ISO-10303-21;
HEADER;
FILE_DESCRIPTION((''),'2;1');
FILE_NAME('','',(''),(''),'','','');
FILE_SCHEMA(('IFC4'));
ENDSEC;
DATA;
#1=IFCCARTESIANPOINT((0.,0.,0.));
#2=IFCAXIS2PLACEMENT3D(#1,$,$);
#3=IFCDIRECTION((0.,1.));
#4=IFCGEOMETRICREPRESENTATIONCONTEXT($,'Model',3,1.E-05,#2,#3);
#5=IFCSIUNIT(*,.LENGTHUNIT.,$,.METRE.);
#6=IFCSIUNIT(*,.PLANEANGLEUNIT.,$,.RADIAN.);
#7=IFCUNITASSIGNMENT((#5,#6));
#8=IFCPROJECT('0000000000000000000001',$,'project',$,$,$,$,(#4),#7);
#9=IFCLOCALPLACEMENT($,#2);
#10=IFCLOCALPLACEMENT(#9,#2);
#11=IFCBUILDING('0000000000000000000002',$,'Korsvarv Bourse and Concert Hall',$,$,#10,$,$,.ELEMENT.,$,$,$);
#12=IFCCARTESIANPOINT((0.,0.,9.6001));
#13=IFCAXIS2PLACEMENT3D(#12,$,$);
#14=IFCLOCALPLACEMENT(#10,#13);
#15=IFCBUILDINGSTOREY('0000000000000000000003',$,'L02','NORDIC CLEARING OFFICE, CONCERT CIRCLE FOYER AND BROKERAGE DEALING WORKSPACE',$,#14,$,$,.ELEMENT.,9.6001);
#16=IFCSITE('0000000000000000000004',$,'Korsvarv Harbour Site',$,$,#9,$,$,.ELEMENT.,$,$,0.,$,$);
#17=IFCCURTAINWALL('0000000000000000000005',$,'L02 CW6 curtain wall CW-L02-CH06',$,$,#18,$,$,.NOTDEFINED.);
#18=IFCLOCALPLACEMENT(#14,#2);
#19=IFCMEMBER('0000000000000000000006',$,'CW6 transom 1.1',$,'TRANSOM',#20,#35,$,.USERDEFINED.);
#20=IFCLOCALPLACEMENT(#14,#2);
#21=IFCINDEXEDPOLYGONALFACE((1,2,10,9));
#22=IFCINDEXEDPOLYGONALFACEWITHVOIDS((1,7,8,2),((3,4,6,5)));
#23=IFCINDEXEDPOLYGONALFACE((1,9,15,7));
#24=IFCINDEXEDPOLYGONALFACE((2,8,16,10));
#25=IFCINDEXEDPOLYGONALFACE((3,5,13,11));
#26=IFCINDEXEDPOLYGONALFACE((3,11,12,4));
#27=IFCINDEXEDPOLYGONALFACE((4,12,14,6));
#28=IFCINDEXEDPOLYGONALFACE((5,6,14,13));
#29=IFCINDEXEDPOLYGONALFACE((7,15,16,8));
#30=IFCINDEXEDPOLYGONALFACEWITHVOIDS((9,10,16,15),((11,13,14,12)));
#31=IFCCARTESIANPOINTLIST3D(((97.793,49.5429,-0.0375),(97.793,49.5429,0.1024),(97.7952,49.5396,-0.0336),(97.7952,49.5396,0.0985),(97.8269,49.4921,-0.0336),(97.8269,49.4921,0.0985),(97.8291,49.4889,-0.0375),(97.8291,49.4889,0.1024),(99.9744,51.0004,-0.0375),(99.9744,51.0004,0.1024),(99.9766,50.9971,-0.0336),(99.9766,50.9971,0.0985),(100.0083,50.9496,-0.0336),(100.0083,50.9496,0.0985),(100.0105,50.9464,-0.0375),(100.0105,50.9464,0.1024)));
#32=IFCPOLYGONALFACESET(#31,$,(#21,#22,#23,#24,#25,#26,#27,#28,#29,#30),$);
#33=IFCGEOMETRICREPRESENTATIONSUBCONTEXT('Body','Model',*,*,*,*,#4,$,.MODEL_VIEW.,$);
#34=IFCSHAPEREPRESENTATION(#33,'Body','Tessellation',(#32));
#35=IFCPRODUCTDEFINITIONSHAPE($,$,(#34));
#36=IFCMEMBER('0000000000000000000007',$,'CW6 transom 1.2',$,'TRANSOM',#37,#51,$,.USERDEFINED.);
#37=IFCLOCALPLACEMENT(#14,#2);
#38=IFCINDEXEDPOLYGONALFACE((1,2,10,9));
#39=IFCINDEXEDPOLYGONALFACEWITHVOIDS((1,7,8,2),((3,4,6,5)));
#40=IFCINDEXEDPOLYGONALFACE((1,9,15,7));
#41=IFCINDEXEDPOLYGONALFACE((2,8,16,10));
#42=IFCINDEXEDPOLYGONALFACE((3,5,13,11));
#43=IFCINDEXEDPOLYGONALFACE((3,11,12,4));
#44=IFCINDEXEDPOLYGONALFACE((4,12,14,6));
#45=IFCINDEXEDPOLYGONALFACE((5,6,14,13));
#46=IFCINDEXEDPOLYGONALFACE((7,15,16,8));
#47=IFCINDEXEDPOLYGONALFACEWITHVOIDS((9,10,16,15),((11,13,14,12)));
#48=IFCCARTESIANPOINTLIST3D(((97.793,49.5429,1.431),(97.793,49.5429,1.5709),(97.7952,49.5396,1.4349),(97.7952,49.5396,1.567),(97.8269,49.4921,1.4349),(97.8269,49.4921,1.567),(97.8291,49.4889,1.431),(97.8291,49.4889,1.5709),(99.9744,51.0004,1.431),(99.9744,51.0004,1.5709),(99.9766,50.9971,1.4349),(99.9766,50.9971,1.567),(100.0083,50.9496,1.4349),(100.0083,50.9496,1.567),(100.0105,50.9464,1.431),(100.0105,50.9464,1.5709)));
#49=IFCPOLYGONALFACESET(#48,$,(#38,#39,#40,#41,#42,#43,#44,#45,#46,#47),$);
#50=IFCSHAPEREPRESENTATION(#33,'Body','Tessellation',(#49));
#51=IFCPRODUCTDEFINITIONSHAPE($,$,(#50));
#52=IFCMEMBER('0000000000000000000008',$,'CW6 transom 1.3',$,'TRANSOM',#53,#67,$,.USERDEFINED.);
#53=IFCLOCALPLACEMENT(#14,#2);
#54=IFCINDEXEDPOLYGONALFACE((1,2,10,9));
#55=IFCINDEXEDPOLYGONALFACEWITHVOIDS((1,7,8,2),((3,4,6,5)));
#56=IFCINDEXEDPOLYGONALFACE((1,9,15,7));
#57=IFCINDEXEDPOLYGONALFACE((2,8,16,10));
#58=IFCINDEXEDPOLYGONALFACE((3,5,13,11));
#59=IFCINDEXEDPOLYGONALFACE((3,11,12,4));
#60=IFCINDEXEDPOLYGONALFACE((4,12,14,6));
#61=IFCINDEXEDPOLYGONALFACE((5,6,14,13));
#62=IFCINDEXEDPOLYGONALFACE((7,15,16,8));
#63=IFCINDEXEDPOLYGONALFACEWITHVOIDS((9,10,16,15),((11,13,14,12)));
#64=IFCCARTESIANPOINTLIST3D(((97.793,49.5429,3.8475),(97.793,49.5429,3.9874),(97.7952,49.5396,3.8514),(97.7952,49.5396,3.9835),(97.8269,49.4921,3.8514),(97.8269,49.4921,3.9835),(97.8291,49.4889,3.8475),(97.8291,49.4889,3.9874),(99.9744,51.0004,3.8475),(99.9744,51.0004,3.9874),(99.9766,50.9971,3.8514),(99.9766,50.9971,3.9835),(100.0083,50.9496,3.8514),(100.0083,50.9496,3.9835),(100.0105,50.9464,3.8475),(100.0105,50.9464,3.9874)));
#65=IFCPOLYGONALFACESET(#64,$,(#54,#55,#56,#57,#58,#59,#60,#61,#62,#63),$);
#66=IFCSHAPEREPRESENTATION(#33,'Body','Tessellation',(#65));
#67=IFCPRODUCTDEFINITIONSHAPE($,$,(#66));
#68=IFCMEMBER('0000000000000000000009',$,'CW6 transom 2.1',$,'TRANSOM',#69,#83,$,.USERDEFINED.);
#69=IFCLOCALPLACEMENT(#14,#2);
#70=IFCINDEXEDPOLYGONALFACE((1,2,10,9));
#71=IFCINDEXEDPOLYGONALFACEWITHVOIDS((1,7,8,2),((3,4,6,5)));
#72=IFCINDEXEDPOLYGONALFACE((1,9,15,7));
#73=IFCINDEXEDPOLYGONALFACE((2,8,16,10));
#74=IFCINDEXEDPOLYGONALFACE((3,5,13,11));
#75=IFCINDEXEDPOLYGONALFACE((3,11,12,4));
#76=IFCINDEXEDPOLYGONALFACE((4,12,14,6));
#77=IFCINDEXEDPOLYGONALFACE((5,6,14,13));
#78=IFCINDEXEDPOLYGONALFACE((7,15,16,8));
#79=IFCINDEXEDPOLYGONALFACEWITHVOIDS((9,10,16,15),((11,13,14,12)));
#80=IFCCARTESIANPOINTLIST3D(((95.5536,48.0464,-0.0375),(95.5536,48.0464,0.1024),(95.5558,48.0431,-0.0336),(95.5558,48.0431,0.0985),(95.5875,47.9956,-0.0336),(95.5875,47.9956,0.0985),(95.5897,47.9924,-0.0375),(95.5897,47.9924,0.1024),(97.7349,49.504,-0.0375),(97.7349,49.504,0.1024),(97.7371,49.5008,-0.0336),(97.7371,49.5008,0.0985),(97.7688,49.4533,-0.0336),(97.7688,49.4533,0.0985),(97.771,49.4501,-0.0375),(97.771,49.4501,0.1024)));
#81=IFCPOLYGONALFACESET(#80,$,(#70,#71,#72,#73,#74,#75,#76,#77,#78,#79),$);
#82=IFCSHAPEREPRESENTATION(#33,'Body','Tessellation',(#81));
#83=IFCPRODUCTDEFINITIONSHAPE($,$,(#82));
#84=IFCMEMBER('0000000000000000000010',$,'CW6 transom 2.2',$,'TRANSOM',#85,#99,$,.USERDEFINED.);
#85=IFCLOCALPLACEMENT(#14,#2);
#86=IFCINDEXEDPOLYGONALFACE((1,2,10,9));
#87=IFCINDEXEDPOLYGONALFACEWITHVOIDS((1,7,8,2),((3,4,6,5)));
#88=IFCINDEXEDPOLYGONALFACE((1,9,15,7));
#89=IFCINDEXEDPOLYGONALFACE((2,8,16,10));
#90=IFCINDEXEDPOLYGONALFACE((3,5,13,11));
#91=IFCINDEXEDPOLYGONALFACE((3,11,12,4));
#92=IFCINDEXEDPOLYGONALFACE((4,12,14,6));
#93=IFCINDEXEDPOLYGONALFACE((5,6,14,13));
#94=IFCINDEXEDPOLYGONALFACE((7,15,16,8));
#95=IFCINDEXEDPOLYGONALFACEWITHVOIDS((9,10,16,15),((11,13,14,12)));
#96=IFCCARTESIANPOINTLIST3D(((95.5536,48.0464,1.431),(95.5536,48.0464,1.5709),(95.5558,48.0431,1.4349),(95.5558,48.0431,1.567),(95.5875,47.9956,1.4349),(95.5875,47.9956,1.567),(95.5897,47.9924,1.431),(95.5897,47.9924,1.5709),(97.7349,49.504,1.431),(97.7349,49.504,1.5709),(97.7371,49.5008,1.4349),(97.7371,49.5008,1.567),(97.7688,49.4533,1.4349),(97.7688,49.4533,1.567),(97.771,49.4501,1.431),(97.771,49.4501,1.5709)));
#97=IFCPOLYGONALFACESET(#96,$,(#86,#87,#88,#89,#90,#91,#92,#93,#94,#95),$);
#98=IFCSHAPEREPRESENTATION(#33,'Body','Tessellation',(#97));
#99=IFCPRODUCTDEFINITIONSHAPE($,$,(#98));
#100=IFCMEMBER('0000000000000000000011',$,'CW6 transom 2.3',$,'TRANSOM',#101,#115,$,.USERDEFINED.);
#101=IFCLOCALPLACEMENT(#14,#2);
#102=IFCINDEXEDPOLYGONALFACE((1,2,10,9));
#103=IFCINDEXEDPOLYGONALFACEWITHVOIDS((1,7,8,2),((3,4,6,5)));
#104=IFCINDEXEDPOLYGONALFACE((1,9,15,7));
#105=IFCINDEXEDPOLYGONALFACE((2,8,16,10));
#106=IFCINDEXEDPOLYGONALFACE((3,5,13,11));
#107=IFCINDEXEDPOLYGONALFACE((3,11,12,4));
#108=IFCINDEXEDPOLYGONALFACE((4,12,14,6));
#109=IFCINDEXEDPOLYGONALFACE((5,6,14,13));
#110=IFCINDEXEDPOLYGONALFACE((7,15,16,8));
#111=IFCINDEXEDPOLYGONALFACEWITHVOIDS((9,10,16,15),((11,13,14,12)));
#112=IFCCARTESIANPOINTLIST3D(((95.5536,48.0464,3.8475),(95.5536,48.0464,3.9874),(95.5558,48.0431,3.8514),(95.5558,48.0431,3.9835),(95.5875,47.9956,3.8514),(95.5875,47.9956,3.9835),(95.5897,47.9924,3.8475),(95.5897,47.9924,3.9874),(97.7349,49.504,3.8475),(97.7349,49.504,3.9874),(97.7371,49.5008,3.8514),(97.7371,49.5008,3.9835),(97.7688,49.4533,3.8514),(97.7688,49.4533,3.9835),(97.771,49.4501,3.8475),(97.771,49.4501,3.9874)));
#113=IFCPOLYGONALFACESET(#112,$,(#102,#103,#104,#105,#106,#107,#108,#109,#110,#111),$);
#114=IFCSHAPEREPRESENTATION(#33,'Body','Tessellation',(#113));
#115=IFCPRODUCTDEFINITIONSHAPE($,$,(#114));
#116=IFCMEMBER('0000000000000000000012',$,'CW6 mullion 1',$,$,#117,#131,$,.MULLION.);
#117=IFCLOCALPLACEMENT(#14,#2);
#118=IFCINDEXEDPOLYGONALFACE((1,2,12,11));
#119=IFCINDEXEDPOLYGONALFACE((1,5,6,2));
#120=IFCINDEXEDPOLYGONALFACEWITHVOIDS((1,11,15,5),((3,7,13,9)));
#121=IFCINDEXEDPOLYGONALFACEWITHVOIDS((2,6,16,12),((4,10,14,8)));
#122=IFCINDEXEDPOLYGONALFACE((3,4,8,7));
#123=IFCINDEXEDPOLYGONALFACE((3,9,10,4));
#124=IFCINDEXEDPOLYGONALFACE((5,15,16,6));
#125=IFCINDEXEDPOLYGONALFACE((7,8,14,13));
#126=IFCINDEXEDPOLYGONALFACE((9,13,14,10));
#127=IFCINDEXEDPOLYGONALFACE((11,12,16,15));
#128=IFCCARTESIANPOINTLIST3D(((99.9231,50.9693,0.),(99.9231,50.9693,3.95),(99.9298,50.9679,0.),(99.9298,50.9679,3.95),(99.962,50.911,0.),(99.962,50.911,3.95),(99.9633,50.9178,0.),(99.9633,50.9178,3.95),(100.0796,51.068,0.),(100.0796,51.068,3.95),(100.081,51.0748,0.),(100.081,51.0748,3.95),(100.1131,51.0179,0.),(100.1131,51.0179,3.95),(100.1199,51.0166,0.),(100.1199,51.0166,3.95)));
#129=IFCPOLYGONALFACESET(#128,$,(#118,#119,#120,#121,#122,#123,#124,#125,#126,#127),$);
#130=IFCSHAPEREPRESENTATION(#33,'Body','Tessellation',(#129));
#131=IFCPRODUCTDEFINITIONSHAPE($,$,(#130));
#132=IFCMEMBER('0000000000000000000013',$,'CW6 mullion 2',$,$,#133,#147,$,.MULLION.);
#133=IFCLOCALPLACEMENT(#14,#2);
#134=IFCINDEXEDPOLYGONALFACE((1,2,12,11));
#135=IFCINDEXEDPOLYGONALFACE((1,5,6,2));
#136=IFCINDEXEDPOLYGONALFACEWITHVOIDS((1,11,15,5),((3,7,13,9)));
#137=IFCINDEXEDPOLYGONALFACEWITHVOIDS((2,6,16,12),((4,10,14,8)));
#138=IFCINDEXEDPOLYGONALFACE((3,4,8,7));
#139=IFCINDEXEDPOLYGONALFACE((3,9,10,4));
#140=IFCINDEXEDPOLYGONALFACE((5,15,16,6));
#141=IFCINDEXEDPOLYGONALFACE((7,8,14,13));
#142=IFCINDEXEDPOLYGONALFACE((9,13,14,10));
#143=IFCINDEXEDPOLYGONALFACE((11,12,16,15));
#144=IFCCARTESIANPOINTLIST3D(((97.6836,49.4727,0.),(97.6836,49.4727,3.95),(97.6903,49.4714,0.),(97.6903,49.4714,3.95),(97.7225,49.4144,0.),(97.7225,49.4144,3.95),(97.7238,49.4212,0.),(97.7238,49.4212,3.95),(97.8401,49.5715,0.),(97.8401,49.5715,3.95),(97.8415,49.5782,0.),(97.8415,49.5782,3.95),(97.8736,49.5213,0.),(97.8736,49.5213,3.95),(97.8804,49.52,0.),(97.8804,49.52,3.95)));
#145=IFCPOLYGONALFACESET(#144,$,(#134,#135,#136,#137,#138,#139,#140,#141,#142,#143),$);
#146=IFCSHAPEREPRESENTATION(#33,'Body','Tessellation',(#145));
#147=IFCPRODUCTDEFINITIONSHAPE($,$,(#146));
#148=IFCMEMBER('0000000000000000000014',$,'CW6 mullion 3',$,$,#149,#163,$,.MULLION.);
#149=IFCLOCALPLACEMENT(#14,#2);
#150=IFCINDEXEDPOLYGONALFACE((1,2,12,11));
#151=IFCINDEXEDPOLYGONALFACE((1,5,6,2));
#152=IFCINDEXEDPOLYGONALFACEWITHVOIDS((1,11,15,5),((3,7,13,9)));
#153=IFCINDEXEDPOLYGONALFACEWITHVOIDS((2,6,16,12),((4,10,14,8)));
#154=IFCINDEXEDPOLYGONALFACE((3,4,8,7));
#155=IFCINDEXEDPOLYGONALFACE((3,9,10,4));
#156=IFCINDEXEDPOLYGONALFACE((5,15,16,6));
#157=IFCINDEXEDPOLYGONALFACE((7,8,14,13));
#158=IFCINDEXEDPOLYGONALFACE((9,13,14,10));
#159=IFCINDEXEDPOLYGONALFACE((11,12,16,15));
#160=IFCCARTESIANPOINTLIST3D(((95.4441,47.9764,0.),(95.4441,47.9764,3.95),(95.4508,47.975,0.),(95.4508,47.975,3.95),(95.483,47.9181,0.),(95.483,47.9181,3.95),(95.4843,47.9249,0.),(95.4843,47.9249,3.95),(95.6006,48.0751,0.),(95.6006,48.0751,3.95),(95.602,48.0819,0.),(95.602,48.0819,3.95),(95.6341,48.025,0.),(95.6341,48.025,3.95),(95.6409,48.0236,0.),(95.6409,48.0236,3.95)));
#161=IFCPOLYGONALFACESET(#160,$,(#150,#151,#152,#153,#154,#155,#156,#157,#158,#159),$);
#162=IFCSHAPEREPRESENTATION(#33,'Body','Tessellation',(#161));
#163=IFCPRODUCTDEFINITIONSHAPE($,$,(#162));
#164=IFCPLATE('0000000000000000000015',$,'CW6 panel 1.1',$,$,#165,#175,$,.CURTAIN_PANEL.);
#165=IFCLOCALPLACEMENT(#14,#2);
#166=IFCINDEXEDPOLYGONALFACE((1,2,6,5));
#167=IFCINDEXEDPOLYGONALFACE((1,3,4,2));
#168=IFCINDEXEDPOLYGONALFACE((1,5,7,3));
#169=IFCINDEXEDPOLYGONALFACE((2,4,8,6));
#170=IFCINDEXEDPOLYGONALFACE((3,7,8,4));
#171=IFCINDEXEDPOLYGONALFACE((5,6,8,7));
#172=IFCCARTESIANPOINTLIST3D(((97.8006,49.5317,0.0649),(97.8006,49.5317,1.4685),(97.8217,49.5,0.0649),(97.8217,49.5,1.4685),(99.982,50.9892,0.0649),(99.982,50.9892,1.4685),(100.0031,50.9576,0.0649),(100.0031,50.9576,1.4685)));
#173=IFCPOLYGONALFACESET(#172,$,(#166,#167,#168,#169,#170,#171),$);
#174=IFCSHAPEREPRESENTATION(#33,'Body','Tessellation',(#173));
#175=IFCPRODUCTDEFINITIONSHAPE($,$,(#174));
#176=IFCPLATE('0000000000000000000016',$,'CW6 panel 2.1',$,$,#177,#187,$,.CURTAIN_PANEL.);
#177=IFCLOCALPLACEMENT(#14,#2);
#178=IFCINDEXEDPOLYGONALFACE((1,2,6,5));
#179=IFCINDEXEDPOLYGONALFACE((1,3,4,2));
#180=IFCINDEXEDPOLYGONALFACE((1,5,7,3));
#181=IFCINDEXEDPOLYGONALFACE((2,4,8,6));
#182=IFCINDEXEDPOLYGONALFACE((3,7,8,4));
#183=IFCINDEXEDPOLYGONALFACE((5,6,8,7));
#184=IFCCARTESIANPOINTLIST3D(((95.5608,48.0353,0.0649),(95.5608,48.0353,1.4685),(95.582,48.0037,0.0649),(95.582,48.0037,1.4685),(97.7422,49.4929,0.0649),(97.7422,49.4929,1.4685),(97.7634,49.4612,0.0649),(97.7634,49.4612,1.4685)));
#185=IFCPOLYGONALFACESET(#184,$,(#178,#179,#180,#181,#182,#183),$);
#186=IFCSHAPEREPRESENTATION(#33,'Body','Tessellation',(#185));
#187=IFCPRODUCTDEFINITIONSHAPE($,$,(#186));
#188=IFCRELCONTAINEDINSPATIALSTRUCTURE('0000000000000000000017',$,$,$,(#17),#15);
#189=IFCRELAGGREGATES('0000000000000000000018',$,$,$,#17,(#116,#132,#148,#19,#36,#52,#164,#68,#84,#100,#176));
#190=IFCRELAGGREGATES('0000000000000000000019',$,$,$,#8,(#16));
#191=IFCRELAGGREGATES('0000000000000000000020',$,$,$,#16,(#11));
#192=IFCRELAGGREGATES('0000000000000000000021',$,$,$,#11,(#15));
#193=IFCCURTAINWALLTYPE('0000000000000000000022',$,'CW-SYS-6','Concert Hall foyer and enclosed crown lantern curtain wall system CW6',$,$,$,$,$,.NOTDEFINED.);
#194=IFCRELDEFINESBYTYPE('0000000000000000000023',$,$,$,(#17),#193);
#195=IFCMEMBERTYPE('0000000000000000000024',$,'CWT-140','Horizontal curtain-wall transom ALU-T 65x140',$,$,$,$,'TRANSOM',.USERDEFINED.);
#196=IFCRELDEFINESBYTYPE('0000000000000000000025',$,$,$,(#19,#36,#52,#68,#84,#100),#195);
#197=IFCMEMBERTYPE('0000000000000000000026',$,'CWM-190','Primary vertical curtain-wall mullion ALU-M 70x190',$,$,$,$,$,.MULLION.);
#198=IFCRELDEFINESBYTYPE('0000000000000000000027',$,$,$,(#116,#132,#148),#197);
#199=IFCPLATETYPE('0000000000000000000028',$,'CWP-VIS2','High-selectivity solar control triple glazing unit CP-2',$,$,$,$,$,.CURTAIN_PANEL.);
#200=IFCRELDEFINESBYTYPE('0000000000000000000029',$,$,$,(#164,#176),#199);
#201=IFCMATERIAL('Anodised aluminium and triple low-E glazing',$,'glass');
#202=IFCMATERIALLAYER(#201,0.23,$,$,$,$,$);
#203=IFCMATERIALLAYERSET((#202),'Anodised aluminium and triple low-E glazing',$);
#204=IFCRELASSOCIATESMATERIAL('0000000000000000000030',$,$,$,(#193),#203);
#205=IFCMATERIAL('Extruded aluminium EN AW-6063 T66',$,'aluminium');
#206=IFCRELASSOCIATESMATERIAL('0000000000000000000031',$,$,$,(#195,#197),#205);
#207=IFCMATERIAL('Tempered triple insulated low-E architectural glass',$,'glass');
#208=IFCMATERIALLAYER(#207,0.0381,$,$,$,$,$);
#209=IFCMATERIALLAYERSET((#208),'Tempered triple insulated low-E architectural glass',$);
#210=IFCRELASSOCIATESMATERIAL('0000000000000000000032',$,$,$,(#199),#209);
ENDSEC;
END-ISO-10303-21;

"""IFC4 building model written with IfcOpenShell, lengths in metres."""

from ifc_helpers import new_model, si_unit, direction, frame, origin, origin_2d, place, context, subcontext, project, spatial, rectangle, hollow_rectangle, extrude, source, transform, mapped, material, layer, layer_set, material_profile, profile_set, type_object, element, aggregate, save


model = new_model("IFC4")

# Units and contexts
model_context = context("Model", 3, precision=1e-05, world=origin(), true_north=direction((0.0, 1.0)))
body_context = subcontext(model_context, "Body", "Model", "MODEL_VIEW")
ifc_project = project(units=[si_unit("LENGTHUNIT", "METRE"), si_unit("PLANEANGLEUNIT", "RADIAN")], contexts=[model_context])

# Site, building, storey
site_placement = place(None, origin())
site = spatial("IfcSite", under=ifc_project, at=site_placement, Name="Korsvarv Harbour Site", CompositionType="ELEMENT", RefElevation=0.0)
building_placement = place(site_placement, origin())
building = spatial("IfcBuilding", under=site, at=building_placement, Name="Korsvarv Bourse and Concert Hall", CompositionType="ELEMENT")
storey_placement = place(building_placement, frame((0.0, 0.0, 9.6001)))
storey = spatial("IfcBuildingStorey", under=building, at=storey_placement, Name="L02", Description="NORDIC CLEARING OFFICE, CONCERT CIRCLE FOYER AND BROKERAGE DEALING WORKSPACE", CompositionType="ELEMENT", Elevation=9.6001)

# Curtain wall, members, plates
ifc_material_1 = material(Name="Anodised aluminium and triple low-E glazing", Category="glass")
ifc_layer_1 = layer(ifc_material_1, 0.23)
ifc_layer_set_1 = layer_set([ifc_layer_1], Name="Anodised aluminium and triple low-E glazing")
curtain_wall_type = type_object("IfcCurtainWallType", Name="CW-SYS-6", Description="Concert Hall foyer and enclosed crown lantern curtain wall system CW6", PredefinedType="NOTDEFINED", material=ifc_layer_set_1)
curtain_wall_placement = place(storey_placement, origin())
curtain_wall = element("IfcCurtainWall", 1, at=curtain_wall_placement, inside=storey, type_object=curtain_wall_type, Name="L02 CW6 curtain wall CW-L02-CH06", PredefinedType="NOTDEFINED")
ifc_material_2 = material(Name="Extruded aluminium EN AW-6063 T66", Category="aluminium")
ifc_material_profile_1 = material_profile(ifc_material_2, hollow_rectangle(XDim=0.0649, YDim=0.1399, WallThickness=0.0039, at=origin_2d()), Name="ALU-T 65x140")
ifc_profile_set_1 = profile_set([ifc_material_profile_1], Name="Extruded aluminium EN AW-6063 T66")
member_type_1 = type_object("IfcMemberType", Name="CWT-140", Description="Horizontal curtain-wall transom ALU-T 65x140", ElementType="TRANSOM", PredefinedType="USERDEFINED", material=ifc_profile_set_1)
shared_shape_1 = source(origin(), body_context, "Body", "SweptSolid", [
    extrude(hollow_rectangle(XDim=0.0649, YDim=0.1399, WallThickness=0.0039, at=origin_2d()), origin(), (0.0, 0.0, 1.0), 2.6235),
])
member_1_placement = place(storey_placement, frame((99.9924, 50.9734, 0.0325), z_axis=(-0.831477, -0.555559, 0.0), x_axis=(0.555559, -0.831477, 0.0)))
member_1 = element("IfcMember", 2, at=member_1_placement, type_object=member_type_1, Name="CW6 transom 1.1", ObjectType="TRANSOM", PredefinedType="USERDEFINED", context=body_context, shape_type="MappedRepresentation", body=[
    mapped(shared_shape_1, transform((0.0, 0.0, 0.0), scale=1.0)),
])
member_2_placement = place(storey_placement, frame((99.9924, 50.9734, 1.501), z_axis=(-0.831477, -0.555559, 0.0), x_axis=(0.555559, -0.831477, 0.0)))
member_2 = element("IfcMember", 3, at=member_2_placement, type_object=member_type_1, Name="CW6 transom 1.2", ObjectType="TRANSOM", PredefinedType="USERDEFINED", context=body_context, shape_type="MappedRepresentation", body=[
    mapped(shared_shape_1, transform((0.0, 0.0, 0.0), scale=1.0)),
])
member_3_placement = place(storey_placement, frame((99.9924, 50.9734, 3.9175), z_axis=(-0.831477, -0.555559, 0.0), x_axis=(0.555559, -0.831477, 0.0)))
member_3 = element("IfcMember", 4, at=member_3_placement, type_object=member_type_1, Name="CW6 transom 1.3", ObjectType="TRANSOM", PredefinedType="USERDEFINED", context=body_context, shape_type="MappedRepresentation", body=[
    mapped(shared_shape_1, transform((0.0, 0.0, 0.0), scale=1.0)),
])
member_4_placement = place(storey_placement, frame((97.7529, 49.4771, 0.0325), z_axis=(-0.831434, -0.555623, 0.0), x_axis=(0.555623, -0.831434, 0.0)))
member_4 = element("IfcMember", 5, at=member_4_placement, type_object=member_type_1, Name="CW6 transom 2.1", ObjectType="TRANSOM", PredefinedType="USERDEFINED", context=body_context, shape_type="MappedRepresentation", body=[
    mapped(shared_shape_1, transform((0.0, 0.0, 0.0), scale=1.0)),
])
member_5_placement = place(storey_placement, frame((97.7529, 49.4771, 1.501), z_axis=(-0.831434, -0.555623, 0.0), x_axis=(0.555623, -0.831434, 0.0)))
member_5 = element("IfcMember", 6, at=member_5_placement, type_object=member_type_1, Name="CW6 transom 2.2", ObjectType="TRANSOM", PredefinedType="USERDEFINED", context=body_context, shape_type="MappedRepresentation", body=[
    mapped(shared_shape_1, transform((0.0, 0.0, 0.0), scale=1.0)),
])
member_6_placement = place(storey_placement, frame((97.7529, 49.4771, 3.9175), z_axis=(-0.831434, -0.555623, 0.0), x_axis=(0.555623, -0.831434, 0.0)))
member_6 = element("IfcMember", 7, at=member_6_placement, type_object=member_type_1, Name="CW6 transom 2.3", ObjectType="TRANSOM", PredefinedType="USERDEFINED", context=body_context, shape_type="MappedRepresentation", body=[
    mapped(shared_shape_1, transform((0.0, 0.0, 0.0), scale=1.0)),
])
ifc_material_profile_2 = material_profile(ifc_material_2, hollow_rectangle(XDim=0.0701, YDim=0.1899, WallThickness=0.0049, at=origin_2d()), Name="ALU-M 70x190")
ifc_profile_set_2 = profile_set([ifc_material_profile_2], Name="Extruded aluminium EN AW-6063 T66")
member_type_2 = type_object("IfcMemberType", Name="CWM-190", Description="Primary vertical curtain-wall mullion ALU-M 70x190", PredefinedType="MULLION", material=ifc_profile_set_2)
shared_shape_2 = source(origin(), body_context, "Body", "SweptSolid", [
    extrude(hollow_rectangle(XDim=0.0701, YDim=0.1899, WallThickness=0.0049, at=origin_2d()), origin(), (0.0, 0.0, 1.0), 3.95),
])
member_7_placement = place(storey_placement, frame((100.0215, 50.9929, 0.0), z_axis=(0.0, 0.0, 1.0), x_axis=(0.555571, -0.831469, 0.0)))
member_7 = element("IfcMember", 8, at=member_7_placement, type_object=member_type_2, Name="CW6 mullion 1", PredefinedType="MULLION", context=body_context, shape_type="MappedRepresentation", body=[
    mapped(shared_shape_2, transform((0.0, 0.0, 0.0), scale=1.0)),
])
member_8_placement = place(storey_placement, frame((97.782, 49.4963, 0.0), z_axis=(0.0, 0.0, 1.0), x_axis=(0.555571, -0.831469, 0.0)))
member_8 = element("IfcMember", 9, at=member_8_placement, type_object=member_type_2, Name="CW6 mullion 2", PredefinedType="MULLION", context=body_context, shape_type="MappedRepresentation", body=[
    mapped(shared_shape_2, transform((0.0, 0.0, 0.0), scale=1.0)),
])
member_9_placement = place(storey_placement, frame((95.5425, 48.0, 0.0), z_axis=(0.0, 0.0, 1.0), x_axis=(0.555571, -0.831469, 0.0)))
member_9 = element("IfcMember", 10, at=member_9_placement, type_object=member_type_2, Name="CW6 mullion 3", PredefinedType="MULLION", context=body_context, shape_type="MappedRepresentation", body=[
    mapped(shared_shape_2, transform((0.0, 0.0, 0.0), scale=1.0)),
])
ifc_material_3 = material(Name="Tempered triple insulated low-E architectural glass", Category="glass")
ifc_layer_2 = layer(ifc_material_3, 0.0381)
ifc_layer_set_2 = layer_set([ifc_layer_2], Name="Tempered triple insulated low-E architectural glass")
plate_type = type_object("IfcPlateType", Name="CWP-VIS2", Description="High-selectivity solar control triple glazing unit CP-2", PredefinedType="CURTAIN_PANEL", material=ifc_layer_set_2)
shared_shape_3 = source(origin(), body_context, "Body", "SweptSolid", [
    extrude(rectangle(XDim=2.6235, YDim=0.0381, at=origin_2d()), origin(), (0.0, 0.0, 1.0), 1.4036),
])
plate_1_placement = place(storey_placement, frame((98.9019, 50.2446, 0.0649), z_axis=(0.0, 0.0, 1.0), x_axis=(-0.831469, -0.555571, 0.0)))
plate_1 = element("IfcPlate", 11, at=plate_1_placement, type_object=plate_type, Name="CW6 panel 1.1", PredefinedType="CURTAIN_PANEL", context=body_context, shape_type="MappedRepresentation", body=[
    mapped(shared_shape_3, transform((0.0, 0.0, 0.0), scale=1.0)),
])
plate_2_placement = place(storey_placement, frame((96.6621, 48.7483, 0.0649), z_axis=(0.0, 0.0, 1.0), x_axis=(-0.831469, -0.555571, 0.0)))
plate_2 = element("IfcPlate", 12, at=plate_2_placement, type_object=plate_type, Name="CW6 panel 2.1", PredefinedType="CURTAIN_PANEL", context=body_context, shape_type="MappedRepresentation", body=[
    mapped(shared_shape_3, transform((0.0, 0.0, 0.0), scale=1.0)),
])
aggregate(curtain_wall, [member_7, member_8, member_9, member_1, member_2, member_3, plate_1, member_4, member_5, member_6, plate_2])

save(model, "model.ifc")
